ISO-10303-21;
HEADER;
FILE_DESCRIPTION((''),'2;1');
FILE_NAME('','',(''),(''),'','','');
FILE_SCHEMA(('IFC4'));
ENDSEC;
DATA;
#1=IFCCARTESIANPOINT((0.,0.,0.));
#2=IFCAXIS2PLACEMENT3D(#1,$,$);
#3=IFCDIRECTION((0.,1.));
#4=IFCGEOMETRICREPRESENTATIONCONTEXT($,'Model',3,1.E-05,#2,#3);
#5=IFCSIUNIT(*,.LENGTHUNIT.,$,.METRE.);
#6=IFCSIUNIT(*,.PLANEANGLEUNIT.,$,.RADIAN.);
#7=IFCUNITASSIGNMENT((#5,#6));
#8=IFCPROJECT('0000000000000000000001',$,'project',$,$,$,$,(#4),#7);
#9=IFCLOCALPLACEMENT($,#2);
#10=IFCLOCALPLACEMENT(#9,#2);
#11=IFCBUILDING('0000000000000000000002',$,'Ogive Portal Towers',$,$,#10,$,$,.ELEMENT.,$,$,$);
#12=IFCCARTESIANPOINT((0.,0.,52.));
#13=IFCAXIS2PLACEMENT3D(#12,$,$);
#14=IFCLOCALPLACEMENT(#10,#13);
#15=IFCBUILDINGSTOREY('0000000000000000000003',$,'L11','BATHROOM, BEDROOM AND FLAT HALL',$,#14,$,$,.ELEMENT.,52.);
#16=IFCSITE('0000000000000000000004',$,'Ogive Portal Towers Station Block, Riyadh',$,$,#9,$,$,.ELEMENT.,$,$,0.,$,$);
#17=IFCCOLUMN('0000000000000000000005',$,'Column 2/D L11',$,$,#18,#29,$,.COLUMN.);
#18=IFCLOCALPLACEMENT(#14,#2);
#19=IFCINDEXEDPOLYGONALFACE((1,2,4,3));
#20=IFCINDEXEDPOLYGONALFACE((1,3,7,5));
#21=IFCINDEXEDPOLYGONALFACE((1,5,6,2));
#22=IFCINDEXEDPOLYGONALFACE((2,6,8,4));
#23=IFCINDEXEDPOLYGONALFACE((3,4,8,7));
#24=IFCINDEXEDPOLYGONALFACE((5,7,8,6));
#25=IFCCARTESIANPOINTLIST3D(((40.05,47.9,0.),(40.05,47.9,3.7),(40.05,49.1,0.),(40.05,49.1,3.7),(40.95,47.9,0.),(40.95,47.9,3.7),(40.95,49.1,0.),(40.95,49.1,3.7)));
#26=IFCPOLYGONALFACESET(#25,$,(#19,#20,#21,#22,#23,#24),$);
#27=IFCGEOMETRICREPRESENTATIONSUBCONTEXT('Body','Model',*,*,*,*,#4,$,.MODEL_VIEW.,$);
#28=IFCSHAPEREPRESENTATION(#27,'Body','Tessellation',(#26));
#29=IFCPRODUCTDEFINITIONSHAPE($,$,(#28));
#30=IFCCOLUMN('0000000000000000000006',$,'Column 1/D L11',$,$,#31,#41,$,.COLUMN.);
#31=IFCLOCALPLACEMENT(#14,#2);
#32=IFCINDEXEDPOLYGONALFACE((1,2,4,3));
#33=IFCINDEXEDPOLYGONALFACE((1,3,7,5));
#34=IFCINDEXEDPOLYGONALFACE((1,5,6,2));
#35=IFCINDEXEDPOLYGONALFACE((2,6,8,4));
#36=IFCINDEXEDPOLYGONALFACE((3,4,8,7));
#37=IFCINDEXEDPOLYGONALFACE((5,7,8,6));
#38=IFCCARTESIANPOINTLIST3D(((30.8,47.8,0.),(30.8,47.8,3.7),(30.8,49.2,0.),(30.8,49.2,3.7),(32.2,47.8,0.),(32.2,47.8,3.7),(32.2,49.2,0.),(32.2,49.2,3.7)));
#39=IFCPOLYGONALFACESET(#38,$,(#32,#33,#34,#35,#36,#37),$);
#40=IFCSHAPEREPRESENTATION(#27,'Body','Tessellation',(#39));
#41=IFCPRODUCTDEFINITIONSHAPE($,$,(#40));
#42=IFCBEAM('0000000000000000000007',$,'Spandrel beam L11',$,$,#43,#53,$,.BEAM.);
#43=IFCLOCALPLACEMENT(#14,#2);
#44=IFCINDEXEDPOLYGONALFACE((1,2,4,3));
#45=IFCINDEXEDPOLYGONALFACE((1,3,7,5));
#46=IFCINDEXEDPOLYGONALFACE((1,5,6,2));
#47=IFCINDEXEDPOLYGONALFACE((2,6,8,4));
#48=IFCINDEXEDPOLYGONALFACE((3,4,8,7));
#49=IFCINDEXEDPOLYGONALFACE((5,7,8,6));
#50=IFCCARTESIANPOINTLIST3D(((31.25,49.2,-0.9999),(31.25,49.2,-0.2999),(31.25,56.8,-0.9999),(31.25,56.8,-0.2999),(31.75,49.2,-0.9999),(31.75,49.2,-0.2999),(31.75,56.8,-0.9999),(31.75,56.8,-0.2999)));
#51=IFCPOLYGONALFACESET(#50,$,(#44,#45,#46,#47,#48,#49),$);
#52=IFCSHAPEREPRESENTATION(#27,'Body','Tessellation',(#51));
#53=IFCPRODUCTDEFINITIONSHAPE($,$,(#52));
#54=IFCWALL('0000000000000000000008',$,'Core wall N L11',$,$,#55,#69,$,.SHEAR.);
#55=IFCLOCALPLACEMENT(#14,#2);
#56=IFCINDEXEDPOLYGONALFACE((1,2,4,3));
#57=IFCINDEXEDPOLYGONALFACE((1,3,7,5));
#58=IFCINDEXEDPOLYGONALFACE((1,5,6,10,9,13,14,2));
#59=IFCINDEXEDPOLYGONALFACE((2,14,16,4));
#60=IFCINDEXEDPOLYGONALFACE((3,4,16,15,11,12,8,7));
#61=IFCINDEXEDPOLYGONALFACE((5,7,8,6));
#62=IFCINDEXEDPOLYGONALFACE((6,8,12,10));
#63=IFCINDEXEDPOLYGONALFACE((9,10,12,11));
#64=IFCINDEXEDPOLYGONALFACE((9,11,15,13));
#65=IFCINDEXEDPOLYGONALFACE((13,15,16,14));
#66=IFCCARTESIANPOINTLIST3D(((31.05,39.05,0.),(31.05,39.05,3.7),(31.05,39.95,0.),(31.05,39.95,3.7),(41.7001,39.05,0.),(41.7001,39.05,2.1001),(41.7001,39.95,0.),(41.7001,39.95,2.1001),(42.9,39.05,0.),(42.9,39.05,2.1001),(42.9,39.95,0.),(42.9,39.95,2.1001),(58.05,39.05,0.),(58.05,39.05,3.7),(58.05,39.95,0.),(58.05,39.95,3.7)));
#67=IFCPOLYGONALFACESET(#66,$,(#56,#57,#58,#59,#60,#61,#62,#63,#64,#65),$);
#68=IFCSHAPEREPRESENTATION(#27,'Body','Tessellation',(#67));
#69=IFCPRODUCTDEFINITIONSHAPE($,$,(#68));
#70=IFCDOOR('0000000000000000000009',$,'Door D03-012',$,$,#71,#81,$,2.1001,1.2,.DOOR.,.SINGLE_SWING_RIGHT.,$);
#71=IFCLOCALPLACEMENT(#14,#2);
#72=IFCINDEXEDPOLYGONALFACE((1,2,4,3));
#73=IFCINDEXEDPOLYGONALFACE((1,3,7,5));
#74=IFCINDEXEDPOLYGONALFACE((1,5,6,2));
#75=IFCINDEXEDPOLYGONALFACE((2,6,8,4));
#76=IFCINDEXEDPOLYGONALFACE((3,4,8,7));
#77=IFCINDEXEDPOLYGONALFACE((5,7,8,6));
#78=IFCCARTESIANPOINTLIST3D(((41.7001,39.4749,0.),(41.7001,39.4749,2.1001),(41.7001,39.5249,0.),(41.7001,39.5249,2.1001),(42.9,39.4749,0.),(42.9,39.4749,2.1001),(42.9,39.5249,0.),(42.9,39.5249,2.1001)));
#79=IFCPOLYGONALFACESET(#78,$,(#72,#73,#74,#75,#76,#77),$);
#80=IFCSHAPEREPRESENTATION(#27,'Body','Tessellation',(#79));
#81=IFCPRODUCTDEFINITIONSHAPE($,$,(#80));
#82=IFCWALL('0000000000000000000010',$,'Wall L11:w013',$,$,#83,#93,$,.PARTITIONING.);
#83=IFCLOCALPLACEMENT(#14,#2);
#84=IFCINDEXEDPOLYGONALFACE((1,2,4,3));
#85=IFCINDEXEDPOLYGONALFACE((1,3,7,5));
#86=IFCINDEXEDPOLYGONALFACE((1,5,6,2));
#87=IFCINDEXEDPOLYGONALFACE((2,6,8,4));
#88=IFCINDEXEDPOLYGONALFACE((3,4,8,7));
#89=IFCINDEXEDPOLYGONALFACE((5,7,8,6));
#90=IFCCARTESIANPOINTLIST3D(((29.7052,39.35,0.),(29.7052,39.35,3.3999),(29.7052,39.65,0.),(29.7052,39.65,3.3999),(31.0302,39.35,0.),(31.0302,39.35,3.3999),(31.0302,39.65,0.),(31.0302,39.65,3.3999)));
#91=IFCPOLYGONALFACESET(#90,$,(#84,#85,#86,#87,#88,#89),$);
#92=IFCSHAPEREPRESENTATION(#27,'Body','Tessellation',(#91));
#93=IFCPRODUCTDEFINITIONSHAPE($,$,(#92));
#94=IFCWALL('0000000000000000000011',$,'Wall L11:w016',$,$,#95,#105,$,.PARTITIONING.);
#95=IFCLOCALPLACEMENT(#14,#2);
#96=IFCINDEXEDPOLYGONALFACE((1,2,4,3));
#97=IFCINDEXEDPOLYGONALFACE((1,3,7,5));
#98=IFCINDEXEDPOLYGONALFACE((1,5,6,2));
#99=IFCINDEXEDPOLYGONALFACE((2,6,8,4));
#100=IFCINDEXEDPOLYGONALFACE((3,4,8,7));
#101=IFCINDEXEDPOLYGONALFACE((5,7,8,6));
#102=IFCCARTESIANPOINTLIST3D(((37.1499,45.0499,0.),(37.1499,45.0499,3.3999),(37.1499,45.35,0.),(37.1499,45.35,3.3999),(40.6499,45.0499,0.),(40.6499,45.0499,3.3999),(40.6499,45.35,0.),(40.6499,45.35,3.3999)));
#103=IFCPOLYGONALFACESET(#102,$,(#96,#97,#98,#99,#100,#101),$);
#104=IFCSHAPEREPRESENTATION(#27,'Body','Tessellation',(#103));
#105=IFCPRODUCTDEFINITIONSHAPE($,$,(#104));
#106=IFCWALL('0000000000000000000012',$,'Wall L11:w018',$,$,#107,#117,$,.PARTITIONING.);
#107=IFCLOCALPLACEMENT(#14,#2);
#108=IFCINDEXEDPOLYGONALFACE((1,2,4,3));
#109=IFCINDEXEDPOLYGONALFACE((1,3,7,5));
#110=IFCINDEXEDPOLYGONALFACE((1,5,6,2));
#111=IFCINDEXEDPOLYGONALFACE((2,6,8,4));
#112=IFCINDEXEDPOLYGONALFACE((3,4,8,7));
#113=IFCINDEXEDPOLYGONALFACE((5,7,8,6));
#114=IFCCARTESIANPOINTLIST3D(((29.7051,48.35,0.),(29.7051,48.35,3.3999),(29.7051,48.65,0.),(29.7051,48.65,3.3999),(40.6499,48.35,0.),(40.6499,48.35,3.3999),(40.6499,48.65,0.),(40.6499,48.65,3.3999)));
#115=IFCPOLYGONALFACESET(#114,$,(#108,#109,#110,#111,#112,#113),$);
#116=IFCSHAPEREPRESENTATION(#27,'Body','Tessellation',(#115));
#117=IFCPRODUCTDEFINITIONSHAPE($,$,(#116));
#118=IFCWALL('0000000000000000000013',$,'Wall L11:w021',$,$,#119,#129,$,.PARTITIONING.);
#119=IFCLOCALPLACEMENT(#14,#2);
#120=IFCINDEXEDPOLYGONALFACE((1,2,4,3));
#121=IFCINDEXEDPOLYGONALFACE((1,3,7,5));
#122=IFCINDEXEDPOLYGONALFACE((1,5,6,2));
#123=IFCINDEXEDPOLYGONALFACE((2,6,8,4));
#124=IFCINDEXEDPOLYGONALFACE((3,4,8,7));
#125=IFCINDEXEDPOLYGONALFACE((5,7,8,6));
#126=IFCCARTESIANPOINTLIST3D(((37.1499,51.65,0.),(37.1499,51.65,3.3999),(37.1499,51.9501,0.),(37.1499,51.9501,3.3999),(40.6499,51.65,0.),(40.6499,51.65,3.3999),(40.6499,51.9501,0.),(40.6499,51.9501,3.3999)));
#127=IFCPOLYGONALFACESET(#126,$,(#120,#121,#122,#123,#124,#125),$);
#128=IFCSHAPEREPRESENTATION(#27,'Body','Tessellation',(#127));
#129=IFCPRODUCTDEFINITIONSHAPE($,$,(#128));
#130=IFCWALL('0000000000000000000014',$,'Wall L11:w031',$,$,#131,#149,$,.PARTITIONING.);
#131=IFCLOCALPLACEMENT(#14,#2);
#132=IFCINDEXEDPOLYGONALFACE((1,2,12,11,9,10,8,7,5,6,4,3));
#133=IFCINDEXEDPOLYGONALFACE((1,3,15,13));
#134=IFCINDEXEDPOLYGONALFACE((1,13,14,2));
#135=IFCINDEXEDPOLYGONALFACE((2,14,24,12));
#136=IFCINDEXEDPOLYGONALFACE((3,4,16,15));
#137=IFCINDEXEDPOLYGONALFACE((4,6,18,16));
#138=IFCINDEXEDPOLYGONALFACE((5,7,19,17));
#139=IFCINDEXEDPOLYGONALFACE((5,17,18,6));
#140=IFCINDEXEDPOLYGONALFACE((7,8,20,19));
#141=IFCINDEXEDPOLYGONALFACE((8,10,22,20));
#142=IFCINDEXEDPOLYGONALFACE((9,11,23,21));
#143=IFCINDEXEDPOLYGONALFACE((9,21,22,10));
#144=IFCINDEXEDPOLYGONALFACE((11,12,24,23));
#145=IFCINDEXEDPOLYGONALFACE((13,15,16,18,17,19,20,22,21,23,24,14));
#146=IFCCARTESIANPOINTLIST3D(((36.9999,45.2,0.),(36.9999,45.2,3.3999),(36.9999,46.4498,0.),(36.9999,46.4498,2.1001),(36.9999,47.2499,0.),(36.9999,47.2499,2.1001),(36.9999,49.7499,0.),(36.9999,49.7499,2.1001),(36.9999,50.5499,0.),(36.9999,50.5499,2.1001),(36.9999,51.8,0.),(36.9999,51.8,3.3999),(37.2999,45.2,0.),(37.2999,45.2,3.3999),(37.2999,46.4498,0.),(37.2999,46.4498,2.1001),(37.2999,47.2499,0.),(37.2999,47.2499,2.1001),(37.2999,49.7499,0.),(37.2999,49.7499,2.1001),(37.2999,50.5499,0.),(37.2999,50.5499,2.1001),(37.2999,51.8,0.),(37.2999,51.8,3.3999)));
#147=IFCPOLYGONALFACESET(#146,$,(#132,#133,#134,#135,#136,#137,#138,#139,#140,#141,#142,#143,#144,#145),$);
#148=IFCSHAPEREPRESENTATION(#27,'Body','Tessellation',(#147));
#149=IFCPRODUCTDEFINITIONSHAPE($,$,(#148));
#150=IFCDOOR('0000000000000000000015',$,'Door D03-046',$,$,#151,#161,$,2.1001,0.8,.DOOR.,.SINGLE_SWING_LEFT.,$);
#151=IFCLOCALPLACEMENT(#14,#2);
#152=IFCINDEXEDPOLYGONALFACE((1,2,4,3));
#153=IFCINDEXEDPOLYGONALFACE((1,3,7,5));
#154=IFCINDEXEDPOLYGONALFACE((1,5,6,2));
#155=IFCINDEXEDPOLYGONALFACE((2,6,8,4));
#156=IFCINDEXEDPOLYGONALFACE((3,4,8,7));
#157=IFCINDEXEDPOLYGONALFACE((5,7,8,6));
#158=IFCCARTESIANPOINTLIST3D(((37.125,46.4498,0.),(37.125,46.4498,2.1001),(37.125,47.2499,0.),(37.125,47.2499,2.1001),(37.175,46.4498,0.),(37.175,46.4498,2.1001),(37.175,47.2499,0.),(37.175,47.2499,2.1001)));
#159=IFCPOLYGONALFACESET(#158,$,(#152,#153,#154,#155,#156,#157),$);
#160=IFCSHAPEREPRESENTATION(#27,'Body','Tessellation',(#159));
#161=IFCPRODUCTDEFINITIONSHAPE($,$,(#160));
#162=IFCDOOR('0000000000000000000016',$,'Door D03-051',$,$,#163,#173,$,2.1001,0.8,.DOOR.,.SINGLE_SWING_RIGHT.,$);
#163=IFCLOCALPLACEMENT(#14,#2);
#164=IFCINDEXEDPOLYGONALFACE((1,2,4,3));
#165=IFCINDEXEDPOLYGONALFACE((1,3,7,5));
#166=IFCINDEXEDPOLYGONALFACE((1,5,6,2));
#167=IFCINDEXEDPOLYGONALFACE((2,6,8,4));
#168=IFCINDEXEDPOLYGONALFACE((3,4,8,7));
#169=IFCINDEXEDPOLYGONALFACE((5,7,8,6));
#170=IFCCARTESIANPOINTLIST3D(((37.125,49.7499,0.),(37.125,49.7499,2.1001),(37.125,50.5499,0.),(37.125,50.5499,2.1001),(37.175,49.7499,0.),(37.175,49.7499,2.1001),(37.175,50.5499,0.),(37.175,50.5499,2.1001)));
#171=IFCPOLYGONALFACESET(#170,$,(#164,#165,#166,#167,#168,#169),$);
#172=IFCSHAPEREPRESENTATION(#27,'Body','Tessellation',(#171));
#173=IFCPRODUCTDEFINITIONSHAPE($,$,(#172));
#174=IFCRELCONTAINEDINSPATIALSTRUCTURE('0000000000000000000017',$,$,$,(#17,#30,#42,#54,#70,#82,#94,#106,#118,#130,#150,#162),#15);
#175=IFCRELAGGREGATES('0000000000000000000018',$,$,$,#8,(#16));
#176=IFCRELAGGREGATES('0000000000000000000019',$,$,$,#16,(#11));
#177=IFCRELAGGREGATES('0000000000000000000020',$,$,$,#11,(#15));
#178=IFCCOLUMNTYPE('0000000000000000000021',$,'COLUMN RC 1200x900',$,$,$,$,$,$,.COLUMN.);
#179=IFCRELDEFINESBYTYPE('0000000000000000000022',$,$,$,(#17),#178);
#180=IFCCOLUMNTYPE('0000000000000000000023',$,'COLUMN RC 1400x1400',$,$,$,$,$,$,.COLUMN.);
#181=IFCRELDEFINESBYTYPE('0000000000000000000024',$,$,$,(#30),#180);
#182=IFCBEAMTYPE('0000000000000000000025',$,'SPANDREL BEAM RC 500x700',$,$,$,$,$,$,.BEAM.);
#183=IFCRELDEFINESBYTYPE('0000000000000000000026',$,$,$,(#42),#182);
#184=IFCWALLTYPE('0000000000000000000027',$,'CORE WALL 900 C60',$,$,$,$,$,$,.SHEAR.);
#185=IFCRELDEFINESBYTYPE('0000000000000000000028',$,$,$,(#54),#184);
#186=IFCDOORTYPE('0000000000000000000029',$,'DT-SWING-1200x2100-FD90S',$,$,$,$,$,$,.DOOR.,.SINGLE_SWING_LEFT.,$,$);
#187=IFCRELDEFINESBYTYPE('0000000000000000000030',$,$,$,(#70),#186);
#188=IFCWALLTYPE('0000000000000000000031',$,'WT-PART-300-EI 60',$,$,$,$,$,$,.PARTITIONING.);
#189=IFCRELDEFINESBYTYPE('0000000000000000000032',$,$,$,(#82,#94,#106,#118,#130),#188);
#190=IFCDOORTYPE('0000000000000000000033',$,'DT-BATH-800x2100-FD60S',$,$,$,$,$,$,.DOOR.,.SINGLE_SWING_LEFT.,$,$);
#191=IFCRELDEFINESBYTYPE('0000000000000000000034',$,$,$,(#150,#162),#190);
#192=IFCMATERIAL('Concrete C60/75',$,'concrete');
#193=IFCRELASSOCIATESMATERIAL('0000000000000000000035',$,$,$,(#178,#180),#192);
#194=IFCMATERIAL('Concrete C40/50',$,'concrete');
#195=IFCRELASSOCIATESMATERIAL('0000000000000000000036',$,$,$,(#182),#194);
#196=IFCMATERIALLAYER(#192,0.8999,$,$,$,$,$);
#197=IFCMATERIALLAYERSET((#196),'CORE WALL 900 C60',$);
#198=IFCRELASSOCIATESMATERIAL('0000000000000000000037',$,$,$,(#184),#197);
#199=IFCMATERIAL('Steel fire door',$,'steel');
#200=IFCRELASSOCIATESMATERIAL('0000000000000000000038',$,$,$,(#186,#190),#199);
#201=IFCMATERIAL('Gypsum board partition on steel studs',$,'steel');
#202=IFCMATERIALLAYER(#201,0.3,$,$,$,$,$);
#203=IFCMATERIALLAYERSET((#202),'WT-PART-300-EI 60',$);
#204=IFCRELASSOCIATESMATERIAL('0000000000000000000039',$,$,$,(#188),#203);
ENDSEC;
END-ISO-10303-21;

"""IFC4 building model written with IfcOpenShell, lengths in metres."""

from ifc_helpers import new_model, si_unit, direction, frame, frame_2d, origin, origin_2d, place, context, subcontext, project, spatial, rectangle, extrude, material, layer, layer_set, material_profile, profile_set, type_object, element, fill, save


model = new_model("IFC4")

# Units and contexts
model_context = context("Model", 3, precision=1e-05, world=origin(), true_north=direction((0.0, 1.0)))
body_context = subcontext(model_context, "Body", "Model", "MODEL_VIEW")
ifc_project = project(units=[si_unit("LENGTHUNIT", "METRE"), si_unit("PLANEANGLEUNIT", "RADIAN")], contexts=[model_context])

# Site, building, storey
site_placement = place(None, origin())
site = spatial("IfcSite", under=ifc_project, at=site_placement, Name="Ogive Portal Towers Station Block, Riyadh", CompositionType="ELEMENT", RefElevation=0.0)
building_placement = place(site_placement, origin())
building = spatial("IfcBuilding", under=site, at=building_placement, Name="Ogive Portal Towers", CompositionType="ELEMENT")
storey_placement = place(building_placement, frame((0.0, 0.0, 52.0)))
storey = spatial("IfcBuildingStorey", under=building, at=storey_placement, Name="L11", Description="BATHROOM, BEDROOM AND FLAT HALL", CompositionType="ELEMENT", Elevation=52.0)

# Columns
ifc_material_1 = material(Name="Concrete C60/75", Category="concrete")
ifc_material_profile_1 = material_profile(ifc_material_1, rectangle(XDim=1.2, YDim=0.8999, at=origin_2d()), Name="RC 1200x900")
ifc_profile_set_1 = profile_set([ifc_material_profile_1], Name="Concrete C60/75")
column_type_1 = type_object("IfcColumnType", Name="COLUMN RC 1200x900", PredefinedType="COLUMN", material=ifc_profile_set_1)
column_1_placement = place(storey_placement, frame((40.5, 48.5, 0.0), z_axis=(0.0, 0.0, 1.0), x_axis=(0.0, 1.0, 0.0)))
element("IfcColumn", 1, at=column_1_placement, inside=storey, type_object=column_type_1, Name="Column 2/D L11", PredefinedType="COLUMN", context=body_context, shape_type="SweptSolid", body=[
    extrude(rectangle(XDim=1.2, YDim=0.8999, at=origin_2d()), origin(), (0.0, 0.0, 1.0), 3.7),
])
ifc_material_profile_2 = material_profile(ifc_material_1, rectangle(XDim=1.3999, YDim=1.3999, at=origin_2d()), Name="RC 1400x1400")
ifc_profile_set_2 = profile_set([ifc_material_profile_2], Name="Concrete C60/75")
column_type_2 = type_object("IfcColumnType", Name="COLUMN RC 1400x1400", PredefinedType="COLUMN", material=ifc_profile_set_2)
column_2_placement = place(storey_placement, frame((31.5, 48.5, 0.0), z_axis=(0.0, 0.0, 1.0), x_axis=(1.0, 0.0, 0.0)))
element("IfcColumn", 2, at=column_2_placement, inside=storey, type_object=column_type_2, Name="Column 1/D L11", PredefinedType="COLUMN", context=body_context, shape_type="SweptSolid", body=[
    extrude(rectangle(XDim=1.3999, YDim=1.3999, at=origin_2d()), origin(), (0.0, 0.0, 1.0), 3.7),
])

# Beam
ifc_material_2 = material(Name="Concrete C40/50", Category="concrete")
ifc_material_profile_3 = material_profile(ifc_material_2, rectangle(XDim=0.5, YDim=0.7, at=origin_2d()), Name="RC 500x700")
ifc_profile_set_3 = profile_set([ifc_material_profile_3], Name="Concrete C40/50")
beam_type = type_object("IfcBeamType", Name="SPANDREL BEAM RC 500x700", PredefinedType="BEAM", material=ifc_profile_set_3)
beam_placement = place(storey_placement, frame((31.5, 49.2, -0.6499), z_axis=(0.0, 1.0, 0.0), x_axis=(-1.0, 0.0, 0.0)))
element("IfcBeam", 3, at=beam_placement, inside=storey, type_object=beam_type, Name="Spandrel beam L11", PredefinedType="BEAM", context=body_context, shape_type="SweptSolid", body=[
    extrude(rectangle(XDim=0.5, YDim=0.7, at=origin_2d()), origin(), (0.0, 0.0, 1.0), 7.6001),
])

# Wall, opening, door
ifc_layer_1 = layer(ifc_material_1, 0.8999)
ifc_layer_set_1 = layer_set([ifc_layer_1], Name="CORE WALL 900 C60")
wall_type_1 = type_object("IfcWallType", Name="CORE WALL 900 C60", PredefinedType="SHEAR", material=ifc_layer_set_1)
wall_1_placement = place(storey_placement, frame((31.05, 39.5, 0.0), z_axis=(0.0, 0.0, 1.0), x_axis=(1.0, 0.0, 0.0)))
wall_1 = element("IfcWall", 4, at=wall_1_placement, inside=storey, type_object=wall_type_1, Name="Core wall N L11", PredefinedType="SHEAR", context=body_context, shape_type="SweptSolid", body=[
    extrude(rectangle(XDim=27.0, YDim=0.8999, at=frame_2d((13.5, 0.0))), origin(), (0.0, 0.0, 1.0), 3.7),
])
opening_1_placement = place(wall_1_placement, frame((10.6499, 0.0, 0.0)))
opening_1 = element("IfcOpeningElement", 5, at=opening_1_placement, cuts=wall_1, PredefinedType="OPENING", context=body_context, shape_type="SweptSolid", body=[
    extrude(rectangle(XDim=1.2, YDim=2.1001, at=frame_2d((0.6001, 1.05))), frame((0.0, 0.46, 0.0), z_axis=(0.0, -1.0, 0.0), x_axis=(1.0, 0.0, 0.0)), (0.0, 0.0, 1.0), 0.9199),
])
ifc_material_3 = material(Name="Steel fire door", Category="steel")
door_type_1 = type_object("IfcDoorType", Name="DT-SWING-1200x2100-FD90S", OperationType="SINGLE_SWING_LEFT", PredefinedType="DOOR", material=ifc_material_3)
door_1_placement = place(opening_1_placement, origin())
door_1 = element("IfcDoor", 6, at=door_1_placement, inside=storey, type_object=door_type_1, Name="Door D03-012", OperationType="SINGLE_SWING_RIGHT", OverallHeight=2.1001, OverallWidth=1.2, PredefinedType="DOOR", context=body_context, shape_type="SweptSolid", body=[
    extrude(rectangle(XDim=1.2, YDim=2.1001, at=frame_2d((0.6001, 1.05))), frame((0.0, 0.0249, 0.0), z_axis=(0.0, -1.0, 0.0), x_axis=(1.0, 0.0, 0.0)), (0.0, 0.0, 1.0), 0.05),
])
fill(opening_1, door_1)

# Walls
ifc_material_4 = material(Name="Gypsum board partition on steel studs", Category="steel")
ifc_layer_2 = layer(ifc_material_4, 0.3)
ifc_layer_set_2 = layer_set([ifc_layer_2], Name="WT-PART-300-EI 60")
wall_type_2 = type_object("IfcWallType", Name="WT-PART-300-EI 60", PredefinedType="PARTITIONING", material=ifc_layer_set_2)
wall_2_placement = place(storey_placement, frame((29.7051, 39.5, 0.0), z_axis=(0.0, 0.0, 1.0), x_axis=(1.0, 0.0, 0.0)))
element("IfcWall", 7, at=wall_2_placement, inside=storey, type_object=wall_type_2, Name="Wall L11:w013", PredefinedType="PARTITIONING", context=body_context, shape_type="SweptSolid", body=[
    extrude(rectangle(XDim=1.325, YDim=0.3, at=frame_2d((0.6626, 0.0))), origin(), (0.0, 0.0, 1.0), 3.3999),
])
wall_3_placement = place(storey_placement, frame((37.1499, 45.2, 0.0), z_axis=(0.0, 0.0, 1.0), x_axis=(1.0, 0.0, 0.0)))
element("IfcWall", 8, at=wall_3_placement, inside=storey, type_object=wall_type_2, Name="Wall L11:w016", PredefinedType="PARTITIONING", context=body_context, shape_type="SweptSolid", body=[
    extrude(rectangle(XDim=3.5, YDim=0.3, at=frame_2d((1.75, 0.0))), origin(), (0.0, 0.0, 1.0), 3.3999),
])
wall_4_placement = place(storey_placement, frame((29.7051, 48.5, 0.0), z_axis=(0.0, 0.0, 1.0), x_axis=(1.0, 0.0, 0.0)))
element("IfcWall", 9, at=wall_4_placement, inside=storey, type_object=wall_type_2, Name="Wall L11:w018", PredefinedType="PARTITIONING", context=body_context, shape_type="SweptSolid", body=[
    extrude(rectangle(XDim=10.9448, YDim=0.3, at=frame_2d((5.4724, 0.0))), origin(), (0.0, 0.0, 1.0), 3.3999),
])
wall_5_placement = place(storey_placement, frame((37.1499, 51.8, 0.0), z_axis=(0.0, 0.0, 1.0), x_axis=(1.0, 0.0, 0.0)))
element("IfcWall", 10, at=wall_5_placement, inside=storey, type_object=wall_type_2, Name="Wall L11:w021", PredefinedType="PARTITIONING", context=body_context, shape_type="SweptSolid", body=[
    extrude(rectangle(XDim=3.5, YDim=0.3, at=frame_2d((1.75, 0.0))), origin(), (0.0, 0.0, 1.0), 3.3999),
])

# Wall, openings, doors
wall_6_placement = place(storey_placement, frame((37.1499, 45.2, 0.0), z_axis=(0.0, 0.0, 1.0), x_axis=(0.0, 1.0, 0.0)))
wall_6 = element("IfcWall", 11, at=wall_6_placement, inside=storey, type_object=wall_type_2, Name="Wall L11:w031", PredefinedType="PARTITIONING", context=body_context, shape_type="SweptSolid", body=[
    extrude(rectangle(XDim=6.6001, YDim=0.3, at=frame_2d((3.3, 0.0))), origin(), (0.0, 0.0, 1.0), 3.3999),
])
opening_2_placement = place(wall_6_placement, frame((1.25, 0.0, 0.0)))
opening_2 = element("IfcOpeningElement", 12, at=opening_2_placement, cuts=wall_6, PredefinedType="OPENING", context=body_context, shape_type="SweptSolid", body=[
    extrude(rectangle(XDim=0.8, YDim=2.1001, at=frame_2d((0.3999, 1.05))), frame((0.0, 0.1602, 0.0), z_axis=(0.0, -1.0, 0.0), x_axis=(1.0, 0.0, 0.0)), (0.0, 0.0, 1.0), 0.3201),
])
opening_3_placement = place(wall_6_placement, frame((4.55, 0.0, 0.0)))
opening_3 = element("IfcOpeningElement", 13, at=opening_3_placement, cuts=wall_6, PredefinedType="OPENING", context=body_context, shape_type="SweptSolid", body=[
    extrude(rectangle(XDim=0.8, YDim=2.1001, at=frame_2d((0.3999, 1.05))), frame((0.0, 0.1602, 0.0), z_axis=(0.0, -1.0, 0.0), x_axis=(1.0, 0.0, 0.0)), (0.0, 0.0, 1.0), 0.3201),
])
door_type_2 = type_object("IfcDoorType", Name="DT-BATH-800x2100-FD60S", OperationType="SINGLE_SWING_LEFT", PredefinedType="DOOR", material=ifc_material_3)
door_2_placement = place(opening_2_placement, origin())
door_2 = element("IfcDoor", 14, at=door_2_placement, inside=storey, type_object=door_type_2, Name="Door D03-046", OperationType="SINGLE_SWING_LEFT", OverallHeight=2.1001, OverallWidth=0.8, PredefinedType="DOOR", context=body_context, shape_type="SweptSolid", body=[
    extrude(rectangle(XDim=0.8, YDim=2.1001, at=frame_2d((0.3999, 1.05))), frame((0.0, 0.0249, 0.0), z_axis=(0.0, -1.0, 0.0), x_axis=(1.0, 0.0, 0.0)), (0.0, 0.0, 1.0), 0.05),
])
fill(opening_2, door_2)
door_3_placement = place(opening_3_placement, origin())
door_3 = element("IfcDoor", 15, at=door_3_placement, inside=storey, type_object=door_type_2, Name="Door D03-051", OperationType="SINGLE_SWING_RIGHT", OverallHeight=2.1001, OverallWidth=0.8, PredefinedType="DOOR", context=body_context, shape_type="SweptSolid", body=[
    extrude(rectangle(XDim=0.8, YDim=2.1001, at=frame_2d((0.3999, 1.05))), frame((0.0, 0.0249, 0.0), z_axis=(0.0, -1.0, 0.0), x_axis=(1.0, 0.0, 0.0)), (0.0, 0.0, 1.0), 0.05),
])
fill(opening_3, door_3)

save(model, "model.ifc")
